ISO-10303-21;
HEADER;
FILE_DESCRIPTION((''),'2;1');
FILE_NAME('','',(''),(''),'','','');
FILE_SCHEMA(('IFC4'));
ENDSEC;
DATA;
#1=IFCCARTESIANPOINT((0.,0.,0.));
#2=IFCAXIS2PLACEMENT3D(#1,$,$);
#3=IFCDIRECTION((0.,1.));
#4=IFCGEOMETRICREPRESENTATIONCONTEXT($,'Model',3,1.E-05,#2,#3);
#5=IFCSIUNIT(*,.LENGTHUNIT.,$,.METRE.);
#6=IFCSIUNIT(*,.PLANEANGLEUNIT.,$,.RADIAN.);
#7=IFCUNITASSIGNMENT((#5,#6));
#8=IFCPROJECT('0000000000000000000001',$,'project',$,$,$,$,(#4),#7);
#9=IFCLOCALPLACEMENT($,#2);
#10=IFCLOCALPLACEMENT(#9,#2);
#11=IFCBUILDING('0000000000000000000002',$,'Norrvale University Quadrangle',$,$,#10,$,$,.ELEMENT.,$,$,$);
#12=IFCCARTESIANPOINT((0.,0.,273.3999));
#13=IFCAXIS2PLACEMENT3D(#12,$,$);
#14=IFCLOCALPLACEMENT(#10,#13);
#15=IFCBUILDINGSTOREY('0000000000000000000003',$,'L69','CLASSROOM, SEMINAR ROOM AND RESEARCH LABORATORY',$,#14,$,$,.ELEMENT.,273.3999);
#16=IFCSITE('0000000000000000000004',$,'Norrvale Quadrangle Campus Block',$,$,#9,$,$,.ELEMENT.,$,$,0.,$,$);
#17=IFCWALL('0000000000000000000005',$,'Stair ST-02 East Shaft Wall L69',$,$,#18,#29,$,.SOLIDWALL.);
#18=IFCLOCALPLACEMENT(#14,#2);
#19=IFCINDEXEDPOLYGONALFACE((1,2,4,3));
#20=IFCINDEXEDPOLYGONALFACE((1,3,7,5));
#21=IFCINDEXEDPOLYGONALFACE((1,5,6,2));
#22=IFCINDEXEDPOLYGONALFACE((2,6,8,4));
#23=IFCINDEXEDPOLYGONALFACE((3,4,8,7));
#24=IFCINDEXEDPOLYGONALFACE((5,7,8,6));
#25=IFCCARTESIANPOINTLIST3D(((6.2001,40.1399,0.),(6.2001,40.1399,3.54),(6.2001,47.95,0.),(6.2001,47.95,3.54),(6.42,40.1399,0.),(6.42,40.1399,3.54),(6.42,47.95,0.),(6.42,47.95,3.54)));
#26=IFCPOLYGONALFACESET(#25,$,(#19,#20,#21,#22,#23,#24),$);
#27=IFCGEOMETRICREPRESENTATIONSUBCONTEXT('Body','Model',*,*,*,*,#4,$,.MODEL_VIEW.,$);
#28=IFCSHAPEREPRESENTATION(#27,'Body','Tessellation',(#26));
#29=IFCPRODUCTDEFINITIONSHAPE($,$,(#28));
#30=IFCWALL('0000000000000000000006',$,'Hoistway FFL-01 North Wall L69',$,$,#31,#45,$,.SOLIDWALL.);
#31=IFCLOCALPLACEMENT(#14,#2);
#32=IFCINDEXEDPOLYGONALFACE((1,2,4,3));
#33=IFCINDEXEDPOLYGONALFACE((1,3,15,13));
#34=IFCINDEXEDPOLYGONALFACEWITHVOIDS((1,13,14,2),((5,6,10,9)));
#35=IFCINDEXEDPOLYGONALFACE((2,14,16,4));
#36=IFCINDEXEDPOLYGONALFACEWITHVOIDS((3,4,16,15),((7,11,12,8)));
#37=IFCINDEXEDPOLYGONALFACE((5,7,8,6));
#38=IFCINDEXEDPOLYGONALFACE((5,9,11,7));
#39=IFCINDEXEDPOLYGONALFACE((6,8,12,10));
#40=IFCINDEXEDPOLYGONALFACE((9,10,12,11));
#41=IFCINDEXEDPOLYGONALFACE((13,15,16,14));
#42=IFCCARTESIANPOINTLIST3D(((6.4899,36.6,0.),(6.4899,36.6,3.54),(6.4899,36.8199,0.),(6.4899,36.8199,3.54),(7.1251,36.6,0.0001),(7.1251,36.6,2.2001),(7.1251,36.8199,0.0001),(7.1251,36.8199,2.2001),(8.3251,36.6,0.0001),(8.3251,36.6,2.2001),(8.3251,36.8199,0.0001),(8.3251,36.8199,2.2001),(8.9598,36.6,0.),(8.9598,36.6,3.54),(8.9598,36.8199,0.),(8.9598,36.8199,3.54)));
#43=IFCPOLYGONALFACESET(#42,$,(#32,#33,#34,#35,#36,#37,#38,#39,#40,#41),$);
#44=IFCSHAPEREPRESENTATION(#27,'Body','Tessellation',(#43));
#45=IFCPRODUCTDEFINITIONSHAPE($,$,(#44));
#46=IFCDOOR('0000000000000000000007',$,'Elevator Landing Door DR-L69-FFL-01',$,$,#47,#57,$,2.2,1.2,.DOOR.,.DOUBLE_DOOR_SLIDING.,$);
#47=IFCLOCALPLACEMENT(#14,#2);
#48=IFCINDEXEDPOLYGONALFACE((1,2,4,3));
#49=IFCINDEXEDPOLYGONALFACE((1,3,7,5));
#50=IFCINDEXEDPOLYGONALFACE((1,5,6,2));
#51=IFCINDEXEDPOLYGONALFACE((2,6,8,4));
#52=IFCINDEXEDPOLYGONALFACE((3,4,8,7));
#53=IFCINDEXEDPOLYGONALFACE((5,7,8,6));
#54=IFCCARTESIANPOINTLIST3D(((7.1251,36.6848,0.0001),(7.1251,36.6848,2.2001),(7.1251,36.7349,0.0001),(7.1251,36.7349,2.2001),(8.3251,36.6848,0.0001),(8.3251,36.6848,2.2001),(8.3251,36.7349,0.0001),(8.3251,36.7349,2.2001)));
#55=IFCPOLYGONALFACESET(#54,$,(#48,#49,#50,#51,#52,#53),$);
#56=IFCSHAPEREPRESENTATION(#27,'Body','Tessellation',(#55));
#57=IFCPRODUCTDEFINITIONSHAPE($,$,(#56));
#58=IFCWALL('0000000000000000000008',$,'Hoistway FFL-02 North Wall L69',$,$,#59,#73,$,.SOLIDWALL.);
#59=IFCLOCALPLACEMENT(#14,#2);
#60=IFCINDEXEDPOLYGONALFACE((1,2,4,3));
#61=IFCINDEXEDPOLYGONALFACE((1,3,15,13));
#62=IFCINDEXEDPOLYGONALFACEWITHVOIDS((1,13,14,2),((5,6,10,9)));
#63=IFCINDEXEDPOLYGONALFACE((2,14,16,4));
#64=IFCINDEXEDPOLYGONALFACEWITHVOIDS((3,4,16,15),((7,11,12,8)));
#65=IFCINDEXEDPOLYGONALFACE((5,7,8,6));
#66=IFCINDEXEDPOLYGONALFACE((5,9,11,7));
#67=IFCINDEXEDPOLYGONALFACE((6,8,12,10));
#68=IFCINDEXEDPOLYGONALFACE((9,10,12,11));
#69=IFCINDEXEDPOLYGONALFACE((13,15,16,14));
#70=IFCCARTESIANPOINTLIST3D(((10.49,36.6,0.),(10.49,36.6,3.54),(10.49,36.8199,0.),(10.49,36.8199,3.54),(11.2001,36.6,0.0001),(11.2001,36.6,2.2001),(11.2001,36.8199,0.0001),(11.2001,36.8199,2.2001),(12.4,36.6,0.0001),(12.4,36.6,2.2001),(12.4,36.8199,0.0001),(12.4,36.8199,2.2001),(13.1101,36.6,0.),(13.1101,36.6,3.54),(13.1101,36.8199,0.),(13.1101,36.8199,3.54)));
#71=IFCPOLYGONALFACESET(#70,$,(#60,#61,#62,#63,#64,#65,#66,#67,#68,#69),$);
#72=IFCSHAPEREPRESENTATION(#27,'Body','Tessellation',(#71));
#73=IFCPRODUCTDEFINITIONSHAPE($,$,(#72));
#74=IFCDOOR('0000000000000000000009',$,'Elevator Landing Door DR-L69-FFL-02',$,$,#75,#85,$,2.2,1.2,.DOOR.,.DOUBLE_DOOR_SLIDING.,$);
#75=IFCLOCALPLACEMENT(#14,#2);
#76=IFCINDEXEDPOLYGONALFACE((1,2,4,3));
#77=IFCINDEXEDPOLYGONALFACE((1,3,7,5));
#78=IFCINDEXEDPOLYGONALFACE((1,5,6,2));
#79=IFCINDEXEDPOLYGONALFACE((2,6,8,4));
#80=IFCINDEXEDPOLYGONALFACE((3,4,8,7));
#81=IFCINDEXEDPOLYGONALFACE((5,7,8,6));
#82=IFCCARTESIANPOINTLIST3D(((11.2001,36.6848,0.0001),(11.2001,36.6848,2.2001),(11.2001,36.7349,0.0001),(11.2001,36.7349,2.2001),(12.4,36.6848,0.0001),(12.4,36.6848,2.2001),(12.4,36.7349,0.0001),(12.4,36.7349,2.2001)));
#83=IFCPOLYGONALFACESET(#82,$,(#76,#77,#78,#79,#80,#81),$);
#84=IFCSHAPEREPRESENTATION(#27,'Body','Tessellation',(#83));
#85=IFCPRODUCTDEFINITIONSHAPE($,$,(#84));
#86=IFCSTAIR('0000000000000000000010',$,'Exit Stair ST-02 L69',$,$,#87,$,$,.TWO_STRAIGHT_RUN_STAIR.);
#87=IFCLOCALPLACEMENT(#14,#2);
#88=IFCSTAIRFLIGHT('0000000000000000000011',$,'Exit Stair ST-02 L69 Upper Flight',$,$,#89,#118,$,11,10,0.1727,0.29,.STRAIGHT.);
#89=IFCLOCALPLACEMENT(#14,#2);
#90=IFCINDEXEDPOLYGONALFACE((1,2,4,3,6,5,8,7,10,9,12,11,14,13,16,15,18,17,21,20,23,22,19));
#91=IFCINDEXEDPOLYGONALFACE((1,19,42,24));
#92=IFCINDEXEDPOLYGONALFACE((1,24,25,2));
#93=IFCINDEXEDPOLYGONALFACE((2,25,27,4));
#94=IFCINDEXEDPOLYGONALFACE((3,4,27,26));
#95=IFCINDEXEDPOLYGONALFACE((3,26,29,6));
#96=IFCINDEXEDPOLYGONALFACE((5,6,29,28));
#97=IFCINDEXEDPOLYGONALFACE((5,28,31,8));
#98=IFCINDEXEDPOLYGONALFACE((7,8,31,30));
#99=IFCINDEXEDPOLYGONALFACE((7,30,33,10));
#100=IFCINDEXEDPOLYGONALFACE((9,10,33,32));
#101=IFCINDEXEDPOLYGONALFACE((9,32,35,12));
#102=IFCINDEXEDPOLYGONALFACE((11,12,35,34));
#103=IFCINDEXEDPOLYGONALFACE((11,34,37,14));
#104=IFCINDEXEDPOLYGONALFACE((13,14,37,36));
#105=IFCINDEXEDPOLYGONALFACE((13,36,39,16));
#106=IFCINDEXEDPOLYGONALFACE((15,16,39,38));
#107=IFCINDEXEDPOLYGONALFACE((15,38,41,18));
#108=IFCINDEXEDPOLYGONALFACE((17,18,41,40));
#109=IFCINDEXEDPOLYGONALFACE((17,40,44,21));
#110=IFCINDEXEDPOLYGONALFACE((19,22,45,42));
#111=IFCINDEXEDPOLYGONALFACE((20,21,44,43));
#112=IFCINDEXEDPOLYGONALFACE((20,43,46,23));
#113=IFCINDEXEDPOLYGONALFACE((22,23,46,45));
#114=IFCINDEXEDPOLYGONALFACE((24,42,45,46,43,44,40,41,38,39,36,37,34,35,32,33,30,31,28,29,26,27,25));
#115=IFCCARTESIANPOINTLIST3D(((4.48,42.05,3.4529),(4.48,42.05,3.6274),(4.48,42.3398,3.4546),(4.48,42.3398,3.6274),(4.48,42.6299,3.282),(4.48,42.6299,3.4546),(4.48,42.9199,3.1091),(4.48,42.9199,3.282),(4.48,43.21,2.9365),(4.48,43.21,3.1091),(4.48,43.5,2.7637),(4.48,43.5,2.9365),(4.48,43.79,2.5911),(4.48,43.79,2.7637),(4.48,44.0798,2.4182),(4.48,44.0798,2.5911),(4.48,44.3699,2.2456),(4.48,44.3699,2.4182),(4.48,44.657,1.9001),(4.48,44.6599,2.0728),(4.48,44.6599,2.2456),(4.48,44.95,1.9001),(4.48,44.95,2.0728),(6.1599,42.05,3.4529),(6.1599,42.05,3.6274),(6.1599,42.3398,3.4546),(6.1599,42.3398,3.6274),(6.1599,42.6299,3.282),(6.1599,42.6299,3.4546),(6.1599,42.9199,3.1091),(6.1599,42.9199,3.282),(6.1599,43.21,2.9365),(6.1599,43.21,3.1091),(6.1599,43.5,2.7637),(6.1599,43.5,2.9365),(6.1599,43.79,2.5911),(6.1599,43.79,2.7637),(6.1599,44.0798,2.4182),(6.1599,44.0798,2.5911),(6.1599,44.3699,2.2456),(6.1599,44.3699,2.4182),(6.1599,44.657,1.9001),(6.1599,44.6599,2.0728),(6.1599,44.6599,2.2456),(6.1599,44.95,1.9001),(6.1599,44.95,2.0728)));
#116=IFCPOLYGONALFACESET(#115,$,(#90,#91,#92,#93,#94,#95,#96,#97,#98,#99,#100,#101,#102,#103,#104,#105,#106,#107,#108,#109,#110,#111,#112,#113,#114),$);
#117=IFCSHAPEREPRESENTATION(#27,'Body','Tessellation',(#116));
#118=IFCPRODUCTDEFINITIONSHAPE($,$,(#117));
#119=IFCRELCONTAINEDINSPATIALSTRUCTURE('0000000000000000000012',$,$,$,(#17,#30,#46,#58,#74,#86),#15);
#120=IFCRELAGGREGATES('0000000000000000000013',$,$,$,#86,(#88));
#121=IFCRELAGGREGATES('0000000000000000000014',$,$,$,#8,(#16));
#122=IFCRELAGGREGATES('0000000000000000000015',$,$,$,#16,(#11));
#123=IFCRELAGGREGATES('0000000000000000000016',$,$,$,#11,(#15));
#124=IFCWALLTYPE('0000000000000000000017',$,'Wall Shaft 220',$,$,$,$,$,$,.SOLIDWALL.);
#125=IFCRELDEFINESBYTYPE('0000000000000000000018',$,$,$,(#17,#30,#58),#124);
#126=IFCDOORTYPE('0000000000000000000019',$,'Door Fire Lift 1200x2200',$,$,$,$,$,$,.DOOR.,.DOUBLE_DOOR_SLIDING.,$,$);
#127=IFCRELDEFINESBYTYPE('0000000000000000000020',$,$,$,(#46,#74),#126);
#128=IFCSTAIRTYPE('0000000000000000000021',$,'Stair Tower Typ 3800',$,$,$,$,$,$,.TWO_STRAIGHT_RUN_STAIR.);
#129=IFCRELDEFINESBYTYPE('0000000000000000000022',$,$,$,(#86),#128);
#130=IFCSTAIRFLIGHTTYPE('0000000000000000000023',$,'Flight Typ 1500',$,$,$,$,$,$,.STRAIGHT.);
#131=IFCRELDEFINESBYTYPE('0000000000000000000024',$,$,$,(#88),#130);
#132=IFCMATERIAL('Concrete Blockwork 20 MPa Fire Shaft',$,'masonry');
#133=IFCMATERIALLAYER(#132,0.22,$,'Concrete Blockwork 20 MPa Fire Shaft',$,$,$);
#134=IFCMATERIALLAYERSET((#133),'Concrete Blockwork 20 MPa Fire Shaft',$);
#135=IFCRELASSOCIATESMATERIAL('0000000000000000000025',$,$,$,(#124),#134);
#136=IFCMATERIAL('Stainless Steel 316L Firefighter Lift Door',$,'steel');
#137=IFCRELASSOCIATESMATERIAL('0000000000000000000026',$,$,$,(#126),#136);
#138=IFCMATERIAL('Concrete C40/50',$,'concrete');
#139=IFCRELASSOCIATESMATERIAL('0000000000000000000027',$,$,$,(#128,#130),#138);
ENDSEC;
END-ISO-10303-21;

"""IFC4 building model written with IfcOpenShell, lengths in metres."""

from ifc_helpers import new_model, si_unit, direction, frame, frame_2d, origin, place, context, subcontext, project, spatial, polyline, rectangle, outline, extrude, material, layer, layer_set, type_object, element, fill, aggregate, save


model = new_model("IFC4")

# Units and contexts
model_context = context("Model", 3, precision=1e-05, world=origin(), true_north=direction((0.0, 1.0)))
body_context = subcontext(model_context, "Body", "Model", "MODEL_VIEW")
ifc_project = project(units=[si_unit("LENGTHUNIT", "METRE"), si_unit("PLANEANGLEUNIT", "RADIAN")], contexts=[model_context])

# Site, building, storey
site_placement = place(None, origin())
site = spatial("IfcSite", under=ifc_project, at=site_placement, Name="Norrvale Quadrangle Campus Block", CompositionType="ELEMENT", RefElevation=0.0)
building_placement = place(site_placement, origin())
building = spatial("IfcBuilding", under=site, at=building_placement, Name="Norrvale University Quadrangle", CompositionType="ELEMENT")
storey_placement = place(building_placement, frame((0.0, 0.0, 273.3999)))
storey = spatial("IfcBuildingStorey", under=building, at=storey_placement, Name="L69", Description="CLASSROOM, SEMINAR ROOM AND RESEARCH LABORATORY", CompositionType="ELEMENT", Elevation=273.3999)

# Wall
ifc_material_1 = material(Name="Concrete Blockwork 20 MPa Fire Shaft", Category="masonry")
ifc_layer_1 = layer(ifc_material_1, 0.22, Name="Concrete Blockwork 20 MPa Fire Shaft")
ifc_layer_set_1 = layer_set([ifc_layer_1], Name="Concrete Blockwork 20 MPa Fire Shaft")
wall_type_1 = type_object("IfcWallType", Name="Wall Shaft 220", PredefinedType="SOLIDWALL", material=ifc_layer_set_1)
wall_1_placement = place(storey_placement, frame((6.3101, 40.1399, 0.0), z_axis=(0.0, 0.0, 1.0), x_axis=(0.0, 1.0, 0.0)))
element("IfcWall", 1, at=wall_1_placement, inside=storey, type_object=wall_type_1, Name="Stair ST-02 East Shaft Wall L69", PredefinedType="SOLIDWALL", context=body_context, shape_type="SweptSolid", body=[
    extrude(rectangle(XDim=7.8101, YDim=0.22, at=frame_2d((3.905, 0.0))), origin(), (0.0, 0.0, 1.0), 3.54),
])

# Walls, openings, doors
wall_2_placement = place(storey_placement, frame((6.49, 36.71, 0.0), z_axis=(0.0, 0.0, 1.0), x_axis=(1.0, 0.0, 0.0)))
wall_2 = element("IfcWall", 2, at=wall_2_placement, inside=storey, type_object=wall_type_1, Name="Hoistway FFL-01 North Wall L69", PredefinedType="SOLIDWALL", context=body_context, shape_type="SweptSolid", body=[
    extrude(rectangle(XDim=2.47, YDim=0.22, at=frame_2d((1.2349, 0.0))), origin(), (0.0, 0.0, 1.0), 3.54),
])
opening_1_placement = place(wall_2_placement, frame((0.635, 0.0, 0.0)))
opening_1 = element("IfcOpeningElement", 3, at=opening_1_placement, cuts=wall_2, PredefinedType="OPENING", context=body_context, shape_type="SweptSolid", body=[
    extrude(rectangle(XDim=1.2, YDim=2.2, at=frame_2d((0.6001, 1.1001))), frame((0.0, 0.1221, 0.0), z_axis=(0.0, -1.0, 0.0), x_axis=(1.0, 0.0, 0.0)), (0.0, 0.0, 1.0), 0.2439),
])
ifc_material_2 = material(Name="Stainless Steel 316L Firefighter Lift Door", Category="steel")
door_type_1 = type_object("IfcDoorType", Name="Door Fire Lift 1200x2200", OperationType="DOUBLE_DOOR_SLIDING", PredefinedType="DOOR", material=ifc_material_2)
door_1_placement = place(opening_1_placement, origin())
door_1 = element("IfcDoor", 4, at=door_1_placement, inside=storey, type_object=door_type_1, Name="Elevator Landing Door DR-L69-FFL-01", OperationType="DOUBLE_DOOR_SLIDING", OverallHeight=2.2, OverallWidth=1.2, PredefinedType="DOOR", context=body_context, shape_type="SweptSolid", body=[
    extrude(rectangle(XDim=1.2, YDim=2.2, at=frame_2d((0.6001, 1.1001))), frame((0.0, 0.0249, 0.0), z_axis=(0.0, -1.0, 0.0), x_axis=(1.0, 0.0, 0.0)), (0.0, 0.0, 1.0), 0.05),
])
fill(opening_1, door_1)
wall_3_placement = place(storey_placement, frame((10.49, 36.71, 0.0), z_axis=(0.0, 0.0, 1.0), x_axis=(1.0, 0.0, 0.0)))
wall_3 = element("IfcWall", 5, at=wall_3_placement, inside=storey, type_object=wall_type_1, Name="Hoistway FFL-02 North Wall L69", PredefinedType="SOLIDWALL", context=body_context, shape_type="SweptSolid", body=[
    extrude(rectangle(XDim=2.6201, YDim=0.22, at=frame_2d((1.3101, 0.0))), origin(), (0.0, 0.0, 1.0), 3.54),
])
opening_2_placement = place(wall_3_placement, frame((0.71, 0.0, 0.0)))
opening_2 = element("IfcOpeningElement", 6, at=opening_2_placement, cuts=wall_3, PredefinedType="OPENING", context=body_context, shape_type="SweptSolid", body=[
    extrude(rectangle(XDim=1.2, YDim=2.2, at=frame_2d((0.6001, 1.1001))), frame((0.0, 0.1221, 0.0), z_axis=(0.0, -1.0, 0.0), x_axis=(1.0, 0.0, 0.0)), (0.0, 0.0, 1.0), 0.2439),
])
door_2_placement = place(opening_2_placement, origin())
door_2 = element("IfcDoor", 7, at=door_2_placement, inside=storey, type_object=door_type_1, Name="Elevator Landing Door DR-L69-FFL-02", OperationType="DOUBLE_DOOR_SLIDING", OverallHeight=2.2, OverallWidth=1.2, PredefinedType="DOOR", context=body_context, shape_type="SweptSolid", body=[
    extrude(rectangle(XDim=1.2, YDim=2.2, at=frame_2d((0.6001, 1.1001))), frame((0.0, 0.0249, 0.0), z_axis=(0.0, -1.0, 0.0), x_axis=(1.0, 0.0, 0.0)), (0.0, 0.0, 1.0), 0.05),
])
fill(opening_2, door_2)

# Stair, stair flight
ifc_material_3 = material(Name="Concrete C40/50", Category="concrete")
stair_type = type_object("IfcStairType", Name="Stair Tower Typ 3800", PredefinedType="TWO_STRAIGHT_RUN_STAIR", material=ifc_material_3)
stair_placement = place(storey_placement, origin())
stair = element("IfcStair", 8, at=stair_placement, inside=storey, type_object=stair_type, Name="Exit Stair ST-02 L69", PredefinedType="TWO_STRAIGHT_RUN_STAIR")
stair_flight_type = type_object("IfcStairFlightType", Name="Flight Typ 1500", PredefinedType="STRAIGHT", material=ifc_material_3)
stair_flight_placement = place(storey_placement, frame((5.3201, 44.95, 1.9001), z_axis=(0.0, 0.0, 1.0), x_axis=(0.0, -1.0, 0.0)))
stair_flight = element("IfcStairFlight", 9, at=stair_flight_placement, type_object=stair_flight_type, Name="Exit Stair ST-02 L69 Upper Flight", NumberOfRisers=11, NumberOfTreads=10, PredefinedType="STRAIGHT", RiserHeight=0.1727, TreadLength=0.29, context=body_context, shape_type="SweptSolid", body=[
    extrude(outline(polyline([(0.0, 0.0), (0.0, 0.1726), (0.29, 0.1726), (0.29, 0.3455), (0.5801, 0.3455), (0.5801, 0.5181), (0.8701, 0.5181), (0.8701, 0.6909), (1.1599, 0.6909), (1.1599, 0.8635), (1.45, 0.8635), (1.45, 1.0364), (1.74, 1.0364), (1.74, 1.209), (2.03, 1.209), (2.03, 1.3818), (2.3201, 1.3818), (2.3201, 1.5544), (2.6101, 1.5544), (2.6101, 1.7273), (2.8999, 1.7273), (2.8999, 1.8999), (2.8999, 1.5527), (0.293, 0.0), (0.0, 0.0)])), frame((0.0, 0.8398, 0.0), z_axis=(0.0, -1.0, 0.0), x_axis=(1.0, 0.0, 0.0)), (0.0, 0.0, 1.0), 1.6799),
])
aggregate(stair, [stair_flight])

save(model, "model.ifc")
